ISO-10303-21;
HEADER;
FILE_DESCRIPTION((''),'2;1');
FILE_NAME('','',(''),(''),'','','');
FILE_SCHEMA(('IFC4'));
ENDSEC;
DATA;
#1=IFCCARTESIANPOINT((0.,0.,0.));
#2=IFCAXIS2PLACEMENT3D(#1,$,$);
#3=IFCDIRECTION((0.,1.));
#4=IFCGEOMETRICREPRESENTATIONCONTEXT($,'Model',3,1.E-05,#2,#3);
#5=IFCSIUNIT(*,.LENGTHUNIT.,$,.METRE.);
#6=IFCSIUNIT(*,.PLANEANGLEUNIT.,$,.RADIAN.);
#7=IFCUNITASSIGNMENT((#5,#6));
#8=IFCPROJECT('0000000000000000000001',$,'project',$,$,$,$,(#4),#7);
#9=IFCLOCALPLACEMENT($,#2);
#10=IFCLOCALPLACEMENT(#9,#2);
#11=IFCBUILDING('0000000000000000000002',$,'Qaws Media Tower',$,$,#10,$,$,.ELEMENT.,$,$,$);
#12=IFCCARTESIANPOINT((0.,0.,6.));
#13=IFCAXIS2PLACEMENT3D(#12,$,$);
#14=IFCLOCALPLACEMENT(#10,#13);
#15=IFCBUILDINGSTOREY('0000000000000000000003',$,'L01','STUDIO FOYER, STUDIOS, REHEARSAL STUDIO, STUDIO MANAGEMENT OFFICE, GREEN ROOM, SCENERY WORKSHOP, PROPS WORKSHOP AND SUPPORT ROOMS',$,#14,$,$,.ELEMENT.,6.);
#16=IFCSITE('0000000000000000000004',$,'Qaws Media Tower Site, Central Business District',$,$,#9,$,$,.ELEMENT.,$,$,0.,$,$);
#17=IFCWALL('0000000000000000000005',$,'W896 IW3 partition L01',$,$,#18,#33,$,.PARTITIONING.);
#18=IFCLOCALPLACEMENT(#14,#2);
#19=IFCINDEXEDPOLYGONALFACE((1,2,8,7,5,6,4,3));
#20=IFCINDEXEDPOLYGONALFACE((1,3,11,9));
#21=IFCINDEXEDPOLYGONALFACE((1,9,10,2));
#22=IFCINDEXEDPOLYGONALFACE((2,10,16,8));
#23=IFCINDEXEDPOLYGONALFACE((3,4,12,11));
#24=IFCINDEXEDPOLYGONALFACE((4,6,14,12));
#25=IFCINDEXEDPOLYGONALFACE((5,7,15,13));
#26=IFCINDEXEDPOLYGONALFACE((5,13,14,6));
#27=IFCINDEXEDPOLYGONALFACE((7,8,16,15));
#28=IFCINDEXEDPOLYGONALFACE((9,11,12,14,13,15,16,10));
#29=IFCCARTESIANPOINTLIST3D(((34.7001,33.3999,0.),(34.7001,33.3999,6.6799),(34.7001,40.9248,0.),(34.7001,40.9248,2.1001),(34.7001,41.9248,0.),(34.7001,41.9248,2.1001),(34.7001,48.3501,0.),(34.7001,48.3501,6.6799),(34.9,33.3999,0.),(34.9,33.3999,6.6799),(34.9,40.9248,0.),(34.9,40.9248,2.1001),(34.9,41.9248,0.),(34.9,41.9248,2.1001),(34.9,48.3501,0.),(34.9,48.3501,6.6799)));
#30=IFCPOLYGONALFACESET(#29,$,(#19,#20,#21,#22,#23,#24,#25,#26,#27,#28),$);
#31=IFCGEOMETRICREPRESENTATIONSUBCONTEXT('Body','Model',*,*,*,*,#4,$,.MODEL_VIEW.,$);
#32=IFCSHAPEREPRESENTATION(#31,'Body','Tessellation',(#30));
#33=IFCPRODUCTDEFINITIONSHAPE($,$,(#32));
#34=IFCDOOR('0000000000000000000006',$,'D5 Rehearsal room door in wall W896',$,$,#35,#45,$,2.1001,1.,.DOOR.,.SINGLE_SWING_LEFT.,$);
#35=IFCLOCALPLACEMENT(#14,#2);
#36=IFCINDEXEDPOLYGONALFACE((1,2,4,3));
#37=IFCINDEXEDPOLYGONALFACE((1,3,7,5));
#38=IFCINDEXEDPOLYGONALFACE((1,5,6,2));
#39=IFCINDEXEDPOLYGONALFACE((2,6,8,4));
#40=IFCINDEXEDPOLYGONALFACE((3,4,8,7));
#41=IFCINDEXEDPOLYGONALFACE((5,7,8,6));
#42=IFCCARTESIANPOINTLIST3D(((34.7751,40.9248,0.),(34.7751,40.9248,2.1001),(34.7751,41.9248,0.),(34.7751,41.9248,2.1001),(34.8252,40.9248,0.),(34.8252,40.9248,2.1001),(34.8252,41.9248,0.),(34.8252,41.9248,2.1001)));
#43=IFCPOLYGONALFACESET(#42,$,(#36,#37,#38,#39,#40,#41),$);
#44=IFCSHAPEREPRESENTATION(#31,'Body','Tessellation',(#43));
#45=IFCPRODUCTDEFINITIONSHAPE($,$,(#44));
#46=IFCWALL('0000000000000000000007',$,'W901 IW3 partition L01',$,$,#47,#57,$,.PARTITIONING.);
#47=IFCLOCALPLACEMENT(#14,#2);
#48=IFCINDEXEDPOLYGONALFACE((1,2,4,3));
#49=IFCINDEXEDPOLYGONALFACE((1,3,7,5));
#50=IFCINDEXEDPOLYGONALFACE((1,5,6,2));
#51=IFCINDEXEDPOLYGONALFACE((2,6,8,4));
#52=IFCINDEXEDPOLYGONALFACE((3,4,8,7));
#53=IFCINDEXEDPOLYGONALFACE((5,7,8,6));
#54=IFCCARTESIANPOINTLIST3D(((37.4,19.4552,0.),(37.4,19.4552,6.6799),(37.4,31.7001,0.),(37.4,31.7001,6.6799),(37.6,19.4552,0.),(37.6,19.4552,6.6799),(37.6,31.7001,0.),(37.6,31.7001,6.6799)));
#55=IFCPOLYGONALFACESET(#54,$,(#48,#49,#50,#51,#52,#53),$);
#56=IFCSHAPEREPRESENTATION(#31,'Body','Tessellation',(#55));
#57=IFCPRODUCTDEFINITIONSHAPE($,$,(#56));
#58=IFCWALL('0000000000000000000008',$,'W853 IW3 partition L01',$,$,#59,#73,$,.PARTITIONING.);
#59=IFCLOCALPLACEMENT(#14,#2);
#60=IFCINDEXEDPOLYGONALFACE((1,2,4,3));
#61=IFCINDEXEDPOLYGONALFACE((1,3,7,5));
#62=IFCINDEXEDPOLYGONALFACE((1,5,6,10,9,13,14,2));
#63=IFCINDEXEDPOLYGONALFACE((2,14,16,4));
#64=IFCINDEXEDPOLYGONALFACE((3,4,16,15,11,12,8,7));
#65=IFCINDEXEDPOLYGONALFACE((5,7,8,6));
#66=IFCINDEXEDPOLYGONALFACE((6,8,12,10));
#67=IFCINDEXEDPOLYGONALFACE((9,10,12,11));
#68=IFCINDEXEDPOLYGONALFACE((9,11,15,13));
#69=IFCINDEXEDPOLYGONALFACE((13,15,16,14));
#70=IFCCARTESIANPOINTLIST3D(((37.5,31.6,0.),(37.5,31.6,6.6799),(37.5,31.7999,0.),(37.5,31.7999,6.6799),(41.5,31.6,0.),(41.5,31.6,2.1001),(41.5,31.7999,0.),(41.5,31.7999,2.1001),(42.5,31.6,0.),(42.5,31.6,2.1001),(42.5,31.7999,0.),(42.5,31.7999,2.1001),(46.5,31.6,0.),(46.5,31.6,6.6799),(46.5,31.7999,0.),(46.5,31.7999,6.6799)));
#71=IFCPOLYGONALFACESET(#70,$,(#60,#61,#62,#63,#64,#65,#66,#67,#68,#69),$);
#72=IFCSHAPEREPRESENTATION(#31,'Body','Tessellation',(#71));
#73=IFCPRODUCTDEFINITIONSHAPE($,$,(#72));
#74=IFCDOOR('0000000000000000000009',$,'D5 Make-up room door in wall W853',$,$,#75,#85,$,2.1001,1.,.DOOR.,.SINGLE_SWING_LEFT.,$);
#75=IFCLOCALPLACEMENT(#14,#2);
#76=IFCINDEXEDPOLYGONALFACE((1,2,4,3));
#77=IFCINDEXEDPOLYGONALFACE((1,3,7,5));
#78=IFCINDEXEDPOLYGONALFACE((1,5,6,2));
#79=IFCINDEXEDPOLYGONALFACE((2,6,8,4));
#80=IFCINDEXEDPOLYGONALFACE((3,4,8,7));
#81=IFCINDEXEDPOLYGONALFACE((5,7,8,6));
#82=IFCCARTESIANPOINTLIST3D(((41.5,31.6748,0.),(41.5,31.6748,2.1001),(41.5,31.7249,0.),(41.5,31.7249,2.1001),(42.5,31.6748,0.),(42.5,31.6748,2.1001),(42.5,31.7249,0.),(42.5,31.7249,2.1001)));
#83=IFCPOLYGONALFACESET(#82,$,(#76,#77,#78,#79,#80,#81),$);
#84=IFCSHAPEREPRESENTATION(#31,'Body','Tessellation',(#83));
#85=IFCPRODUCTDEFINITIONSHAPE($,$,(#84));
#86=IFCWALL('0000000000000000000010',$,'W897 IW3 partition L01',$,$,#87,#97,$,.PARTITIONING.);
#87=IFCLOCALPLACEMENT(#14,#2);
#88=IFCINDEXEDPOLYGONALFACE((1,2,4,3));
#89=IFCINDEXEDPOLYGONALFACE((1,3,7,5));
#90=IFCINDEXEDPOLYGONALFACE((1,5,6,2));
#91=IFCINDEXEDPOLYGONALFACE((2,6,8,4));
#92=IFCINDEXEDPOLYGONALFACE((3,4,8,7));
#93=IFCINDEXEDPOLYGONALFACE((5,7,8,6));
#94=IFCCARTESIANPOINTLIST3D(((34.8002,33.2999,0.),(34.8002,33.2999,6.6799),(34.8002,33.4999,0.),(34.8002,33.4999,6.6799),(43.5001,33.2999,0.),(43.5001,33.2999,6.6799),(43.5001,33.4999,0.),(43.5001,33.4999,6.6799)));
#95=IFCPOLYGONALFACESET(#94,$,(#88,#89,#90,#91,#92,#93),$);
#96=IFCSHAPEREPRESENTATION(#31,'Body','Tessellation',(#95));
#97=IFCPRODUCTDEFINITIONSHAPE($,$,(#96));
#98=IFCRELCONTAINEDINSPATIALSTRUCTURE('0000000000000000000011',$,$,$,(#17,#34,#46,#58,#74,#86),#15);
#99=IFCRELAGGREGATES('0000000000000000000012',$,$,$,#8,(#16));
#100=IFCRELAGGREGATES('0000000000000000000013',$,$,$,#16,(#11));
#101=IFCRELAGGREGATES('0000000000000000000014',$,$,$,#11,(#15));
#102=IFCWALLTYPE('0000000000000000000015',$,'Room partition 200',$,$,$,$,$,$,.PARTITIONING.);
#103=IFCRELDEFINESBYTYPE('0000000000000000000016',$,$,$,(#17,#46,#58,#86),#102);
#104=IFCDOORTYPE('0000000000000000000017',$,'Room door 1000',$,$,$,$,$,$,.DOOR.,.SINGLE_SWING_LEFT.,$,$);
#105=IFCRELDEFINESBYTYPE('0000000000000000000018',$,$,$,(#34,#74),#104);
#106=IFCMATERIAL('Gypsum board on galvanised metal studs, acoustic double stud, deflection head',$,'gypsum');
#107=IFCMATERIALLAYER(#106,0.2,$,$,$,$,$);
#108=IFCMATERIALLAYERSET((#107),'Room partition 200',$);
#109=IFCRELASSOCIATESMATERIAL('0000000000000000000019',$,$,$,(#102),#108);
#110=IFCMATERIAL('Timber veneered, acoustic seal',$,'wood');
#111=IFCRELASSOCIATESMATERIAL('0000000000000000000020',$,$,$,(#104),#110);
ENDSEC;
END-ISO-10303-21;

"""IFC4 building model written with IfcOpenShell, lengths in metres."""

from ifc_helpers import new_model, si_unit, direction, frame, frame_2d, origin, place, context, subcontext, project, spatial, rectangle, extrude, material, layer, layer_set, type_object, element, fill, save


model = new_model("IFC4")

# Units and contexts
model_context = context("Model", 3, precision=1e-05, world=origin(), true_north=direction((0.0, 1.0)))
body_context = subcontext(model_context, "Body", "Model", "MODEL_VIEW")
ifc_project = project(units=[si_unit("LENGTHUNIT", "METRE"), si_unit("PLANEANGLEUNIT", "RADIAN")], contexts=[model_context])

# Site, building, storey
site_placement = place(None, origin())
site = spatial("IfcSite", under=ifc_project, at=site_placement, Name="Qaws Media Tower Site, Central Business District", CompositionType="ELEMENT", RefElevation=0.0)
building_placement = place(site_placement, origin())
building = spatial("IfcBuilding", under=site, at=building_placement, Name="Qaws Media Tower", CompositionType="ELEMENT")
storey_placement = place(building_placement, frame((0.0, 0.0, 6.0)))
storey = spatial("IfcBuildingStorey", under=building, at=storey_placement, Name="L01", Description="STUDIO FOYER, STUDIOS, REHEARSAL STUDIO, STUDIO MANAGEMENT OFFICE, GREEN ROOM, SCENERY WORKSHOP, PROPS WORKSHOP AND SUPPORT ROOMS", CompositionType="ELEMENT", Elevation=6.0)

# Wall, opening, door
ifc_material_1 = material(Name="Gypsum board on galvanised metal studs, acoustic double stud, deflection head", Category="gypsum")
ifc_layer_1 = layer(ifc_material_1, 0.2)
ifc_layer_set_1 = layer_set([ifc_layer_1], Name="Room partition 200")
wall_type_1 = type_object("IfcWallType", Name="Room partition 200", PredefinedType="PARTITIONING", material=ifc_layer_set_1)
ifc_material_2 = material(Name="Timber veneered, acoustic seal", Category="wood")
door_type = type_object("IfcDoorType", Name="Room door 1000", OperationType="SINGLE_SWING_LEFT", PredefinedType="DOOR", material=ifc_material_2)
wall_1_placement = place(storey_placement, frame((34.8, 33.3999, 0.0), z_axis=(0.0, 0.0, 1.0), x_axis=(0.0, 1.0, 0.0)))
wall_1 = element("IfcWall", 1, at=wall_1_placement, inside=storey, type_object=wall_type_1, Name="W896 IW3 partition L01", PredefinedType="PARTITIONING", context=body_context, shape_type="SweptSolid", body=[
    extrude(rectangle(XDim=14.9502, YDim=0.2, at=frame_2d((7.4751, 0.0))), origin(), (0.0, 0.0, 1.0), 6.6799),
])
opening_1_placement = place(wall_1_placement, frame((7.5249, 0.0, 0.0)))
opening_1 = element("IfcOpeningElement", 2, at=opening_1_placement, cuts=wall_1, PredefinedType="OPENING", context=body_context, shape_type="SweptSolid", body=[
    extrude(rectangle(XDim=1.0, YDim=2.1001, at=frame_2d((0.5, 1.05))), frame((0.0, 0.1099, 0.0), z_axis=(0.0, -1.0, 0.0), x_axis=(1.0, 0.0, 0.0)), (0.0, 0.0, 1.0), 0.22),
])
door_1_placement = place(opening_1_placement, origin())
door_1 = element("IfcDoor", 3, at=door_1_placement, inside=storey, type_object=door_type, Name="D5 Rehearsal room door in wall W896", OperationType="SINGLE_SWING_LEFT", OverallHeight=2.1001, OverallWidth=1.0, PredefinedType="DOOR", context=body_context, shape_type="SweptSolid", body=[
    extrude(rectangle(XDim=1.0, YDim=2.1001, at=frame_2d((0.5, 1.05))), frame((0.0, 0.0249, 0.0), z_axis=(0.0, -1.0, 0.0), x_axis=(1.0, 0.0, 0.0)), (0.0, 0.0, 1.0), 0.05),
])
fill(opening_1, door_1)

# Wall
wall_2_placement = place(storey_placement, frame((37.5, 19.4551, 0.0), z_axis=(0.0, 0.0, 1.0), x_axis=(0.0, 1.0, 0.0)))
element("IfcWall", 4, at=wall_2_placement, inside=storey, type_object=wall_type_1, Name="W901 IW3 partition L01", PredefinedType="PARTITIONING", context=body_context, shape_type="SweptSolid", body=[
    extrude(rectangle(XDim=12.2449, YDim=0.2, at=frame_2d((6.1226, 0.0))), origin(), (0.0, 0.0, 1.0), 6.6799),
])

# Wall, opening, door
wall_3_placement = place(storey_placement, frame((37.5, 31.7, 0.0), z_axis=(0.0, 0.0, 1.0), x_axis=(1.0, 0.0, 0.0)))
wall_3 = element("IfcWall", 5, at=wall_3_placement, inside=storey, type_object=wall_type_1, Name="W853 IW3 partition L01", PredefinedType="PARTITIONING", context=body_context, shape_type="SweptSolid", body=[
    extrude(rectangle(XDim=9.0, YDim=0.2, at=frame_2d((4.5, 0.0))), origin(), (0.0, 0.0, 1.0), 6.6799),
])
opening_2_placement = place(wall_3_placement, frame((4.0, 0.0, 0.0)))
opening_2 = element("IfcOpeningElement", 6, at=opening_2_placement, cuts=wall_3, PredefinedType="OPENING", context=body_context, shape_type="SweptSolid", body=[
    extrude(rectangle(XDim=1.0, YDim=2.1001, at=frame_2d((0.5, 1.05))), frame((0.0, 0.1099, 0.0), z_axis=(0.0, -1.0, 0.0), x_axis=(1.0, 0.0, 0.0)), (0.0, 0.0, 1.0), 0.22),
])
door_2_placement = place(opening_2_placement, origin())
door_2 = element("IfcDoor", 7, at=door_2_placement, inside=storey, type_object=door_type, Name="D5 Make-up room door in wall W853", OperationType="SINGLE_SWING_LEFT", OverallHeight=2.1001, OverallWidth=1.0, PredefinedType="DOOR", context=body_context, shape_type="SweptSolid", body=[
    extrude(rectangle(XDim=1.0, YDim=2.1001, at=frame_2d((0.5, 1.05))), frame((0.0, 0.0249, 0.0), z_axis=(0.0, -1.0, 0.0), x_axis=(1.0, 0.0, 0.0)), (0.0, 0.0, 1.0), 0.05),
])
fill(opening_2, door_2)

# Wall
wall_4_placement = place(storey_placement, frame((34.8, 33.3999, 0.0), z_axis=(0.0, 0.0, 1.0), x_axis=(1.0, 0.0, 0.0)))
element("IfcWall", 8, at=wall_4_placement, inside=storey, type_object=wall_type_1, Name="W897 IW3 partition L01", PredefinedType="PARTITIONING", context=body_context, shape_type="SweptSolid", body=[
    extrude(rectangle(XDim=8.7, YDim=0.2, at=frame_2d((4.3501, 0.0))), origin(), (0.0, 0.0, 1.0), 6.6799),
])

save(model, "model.ifc")
